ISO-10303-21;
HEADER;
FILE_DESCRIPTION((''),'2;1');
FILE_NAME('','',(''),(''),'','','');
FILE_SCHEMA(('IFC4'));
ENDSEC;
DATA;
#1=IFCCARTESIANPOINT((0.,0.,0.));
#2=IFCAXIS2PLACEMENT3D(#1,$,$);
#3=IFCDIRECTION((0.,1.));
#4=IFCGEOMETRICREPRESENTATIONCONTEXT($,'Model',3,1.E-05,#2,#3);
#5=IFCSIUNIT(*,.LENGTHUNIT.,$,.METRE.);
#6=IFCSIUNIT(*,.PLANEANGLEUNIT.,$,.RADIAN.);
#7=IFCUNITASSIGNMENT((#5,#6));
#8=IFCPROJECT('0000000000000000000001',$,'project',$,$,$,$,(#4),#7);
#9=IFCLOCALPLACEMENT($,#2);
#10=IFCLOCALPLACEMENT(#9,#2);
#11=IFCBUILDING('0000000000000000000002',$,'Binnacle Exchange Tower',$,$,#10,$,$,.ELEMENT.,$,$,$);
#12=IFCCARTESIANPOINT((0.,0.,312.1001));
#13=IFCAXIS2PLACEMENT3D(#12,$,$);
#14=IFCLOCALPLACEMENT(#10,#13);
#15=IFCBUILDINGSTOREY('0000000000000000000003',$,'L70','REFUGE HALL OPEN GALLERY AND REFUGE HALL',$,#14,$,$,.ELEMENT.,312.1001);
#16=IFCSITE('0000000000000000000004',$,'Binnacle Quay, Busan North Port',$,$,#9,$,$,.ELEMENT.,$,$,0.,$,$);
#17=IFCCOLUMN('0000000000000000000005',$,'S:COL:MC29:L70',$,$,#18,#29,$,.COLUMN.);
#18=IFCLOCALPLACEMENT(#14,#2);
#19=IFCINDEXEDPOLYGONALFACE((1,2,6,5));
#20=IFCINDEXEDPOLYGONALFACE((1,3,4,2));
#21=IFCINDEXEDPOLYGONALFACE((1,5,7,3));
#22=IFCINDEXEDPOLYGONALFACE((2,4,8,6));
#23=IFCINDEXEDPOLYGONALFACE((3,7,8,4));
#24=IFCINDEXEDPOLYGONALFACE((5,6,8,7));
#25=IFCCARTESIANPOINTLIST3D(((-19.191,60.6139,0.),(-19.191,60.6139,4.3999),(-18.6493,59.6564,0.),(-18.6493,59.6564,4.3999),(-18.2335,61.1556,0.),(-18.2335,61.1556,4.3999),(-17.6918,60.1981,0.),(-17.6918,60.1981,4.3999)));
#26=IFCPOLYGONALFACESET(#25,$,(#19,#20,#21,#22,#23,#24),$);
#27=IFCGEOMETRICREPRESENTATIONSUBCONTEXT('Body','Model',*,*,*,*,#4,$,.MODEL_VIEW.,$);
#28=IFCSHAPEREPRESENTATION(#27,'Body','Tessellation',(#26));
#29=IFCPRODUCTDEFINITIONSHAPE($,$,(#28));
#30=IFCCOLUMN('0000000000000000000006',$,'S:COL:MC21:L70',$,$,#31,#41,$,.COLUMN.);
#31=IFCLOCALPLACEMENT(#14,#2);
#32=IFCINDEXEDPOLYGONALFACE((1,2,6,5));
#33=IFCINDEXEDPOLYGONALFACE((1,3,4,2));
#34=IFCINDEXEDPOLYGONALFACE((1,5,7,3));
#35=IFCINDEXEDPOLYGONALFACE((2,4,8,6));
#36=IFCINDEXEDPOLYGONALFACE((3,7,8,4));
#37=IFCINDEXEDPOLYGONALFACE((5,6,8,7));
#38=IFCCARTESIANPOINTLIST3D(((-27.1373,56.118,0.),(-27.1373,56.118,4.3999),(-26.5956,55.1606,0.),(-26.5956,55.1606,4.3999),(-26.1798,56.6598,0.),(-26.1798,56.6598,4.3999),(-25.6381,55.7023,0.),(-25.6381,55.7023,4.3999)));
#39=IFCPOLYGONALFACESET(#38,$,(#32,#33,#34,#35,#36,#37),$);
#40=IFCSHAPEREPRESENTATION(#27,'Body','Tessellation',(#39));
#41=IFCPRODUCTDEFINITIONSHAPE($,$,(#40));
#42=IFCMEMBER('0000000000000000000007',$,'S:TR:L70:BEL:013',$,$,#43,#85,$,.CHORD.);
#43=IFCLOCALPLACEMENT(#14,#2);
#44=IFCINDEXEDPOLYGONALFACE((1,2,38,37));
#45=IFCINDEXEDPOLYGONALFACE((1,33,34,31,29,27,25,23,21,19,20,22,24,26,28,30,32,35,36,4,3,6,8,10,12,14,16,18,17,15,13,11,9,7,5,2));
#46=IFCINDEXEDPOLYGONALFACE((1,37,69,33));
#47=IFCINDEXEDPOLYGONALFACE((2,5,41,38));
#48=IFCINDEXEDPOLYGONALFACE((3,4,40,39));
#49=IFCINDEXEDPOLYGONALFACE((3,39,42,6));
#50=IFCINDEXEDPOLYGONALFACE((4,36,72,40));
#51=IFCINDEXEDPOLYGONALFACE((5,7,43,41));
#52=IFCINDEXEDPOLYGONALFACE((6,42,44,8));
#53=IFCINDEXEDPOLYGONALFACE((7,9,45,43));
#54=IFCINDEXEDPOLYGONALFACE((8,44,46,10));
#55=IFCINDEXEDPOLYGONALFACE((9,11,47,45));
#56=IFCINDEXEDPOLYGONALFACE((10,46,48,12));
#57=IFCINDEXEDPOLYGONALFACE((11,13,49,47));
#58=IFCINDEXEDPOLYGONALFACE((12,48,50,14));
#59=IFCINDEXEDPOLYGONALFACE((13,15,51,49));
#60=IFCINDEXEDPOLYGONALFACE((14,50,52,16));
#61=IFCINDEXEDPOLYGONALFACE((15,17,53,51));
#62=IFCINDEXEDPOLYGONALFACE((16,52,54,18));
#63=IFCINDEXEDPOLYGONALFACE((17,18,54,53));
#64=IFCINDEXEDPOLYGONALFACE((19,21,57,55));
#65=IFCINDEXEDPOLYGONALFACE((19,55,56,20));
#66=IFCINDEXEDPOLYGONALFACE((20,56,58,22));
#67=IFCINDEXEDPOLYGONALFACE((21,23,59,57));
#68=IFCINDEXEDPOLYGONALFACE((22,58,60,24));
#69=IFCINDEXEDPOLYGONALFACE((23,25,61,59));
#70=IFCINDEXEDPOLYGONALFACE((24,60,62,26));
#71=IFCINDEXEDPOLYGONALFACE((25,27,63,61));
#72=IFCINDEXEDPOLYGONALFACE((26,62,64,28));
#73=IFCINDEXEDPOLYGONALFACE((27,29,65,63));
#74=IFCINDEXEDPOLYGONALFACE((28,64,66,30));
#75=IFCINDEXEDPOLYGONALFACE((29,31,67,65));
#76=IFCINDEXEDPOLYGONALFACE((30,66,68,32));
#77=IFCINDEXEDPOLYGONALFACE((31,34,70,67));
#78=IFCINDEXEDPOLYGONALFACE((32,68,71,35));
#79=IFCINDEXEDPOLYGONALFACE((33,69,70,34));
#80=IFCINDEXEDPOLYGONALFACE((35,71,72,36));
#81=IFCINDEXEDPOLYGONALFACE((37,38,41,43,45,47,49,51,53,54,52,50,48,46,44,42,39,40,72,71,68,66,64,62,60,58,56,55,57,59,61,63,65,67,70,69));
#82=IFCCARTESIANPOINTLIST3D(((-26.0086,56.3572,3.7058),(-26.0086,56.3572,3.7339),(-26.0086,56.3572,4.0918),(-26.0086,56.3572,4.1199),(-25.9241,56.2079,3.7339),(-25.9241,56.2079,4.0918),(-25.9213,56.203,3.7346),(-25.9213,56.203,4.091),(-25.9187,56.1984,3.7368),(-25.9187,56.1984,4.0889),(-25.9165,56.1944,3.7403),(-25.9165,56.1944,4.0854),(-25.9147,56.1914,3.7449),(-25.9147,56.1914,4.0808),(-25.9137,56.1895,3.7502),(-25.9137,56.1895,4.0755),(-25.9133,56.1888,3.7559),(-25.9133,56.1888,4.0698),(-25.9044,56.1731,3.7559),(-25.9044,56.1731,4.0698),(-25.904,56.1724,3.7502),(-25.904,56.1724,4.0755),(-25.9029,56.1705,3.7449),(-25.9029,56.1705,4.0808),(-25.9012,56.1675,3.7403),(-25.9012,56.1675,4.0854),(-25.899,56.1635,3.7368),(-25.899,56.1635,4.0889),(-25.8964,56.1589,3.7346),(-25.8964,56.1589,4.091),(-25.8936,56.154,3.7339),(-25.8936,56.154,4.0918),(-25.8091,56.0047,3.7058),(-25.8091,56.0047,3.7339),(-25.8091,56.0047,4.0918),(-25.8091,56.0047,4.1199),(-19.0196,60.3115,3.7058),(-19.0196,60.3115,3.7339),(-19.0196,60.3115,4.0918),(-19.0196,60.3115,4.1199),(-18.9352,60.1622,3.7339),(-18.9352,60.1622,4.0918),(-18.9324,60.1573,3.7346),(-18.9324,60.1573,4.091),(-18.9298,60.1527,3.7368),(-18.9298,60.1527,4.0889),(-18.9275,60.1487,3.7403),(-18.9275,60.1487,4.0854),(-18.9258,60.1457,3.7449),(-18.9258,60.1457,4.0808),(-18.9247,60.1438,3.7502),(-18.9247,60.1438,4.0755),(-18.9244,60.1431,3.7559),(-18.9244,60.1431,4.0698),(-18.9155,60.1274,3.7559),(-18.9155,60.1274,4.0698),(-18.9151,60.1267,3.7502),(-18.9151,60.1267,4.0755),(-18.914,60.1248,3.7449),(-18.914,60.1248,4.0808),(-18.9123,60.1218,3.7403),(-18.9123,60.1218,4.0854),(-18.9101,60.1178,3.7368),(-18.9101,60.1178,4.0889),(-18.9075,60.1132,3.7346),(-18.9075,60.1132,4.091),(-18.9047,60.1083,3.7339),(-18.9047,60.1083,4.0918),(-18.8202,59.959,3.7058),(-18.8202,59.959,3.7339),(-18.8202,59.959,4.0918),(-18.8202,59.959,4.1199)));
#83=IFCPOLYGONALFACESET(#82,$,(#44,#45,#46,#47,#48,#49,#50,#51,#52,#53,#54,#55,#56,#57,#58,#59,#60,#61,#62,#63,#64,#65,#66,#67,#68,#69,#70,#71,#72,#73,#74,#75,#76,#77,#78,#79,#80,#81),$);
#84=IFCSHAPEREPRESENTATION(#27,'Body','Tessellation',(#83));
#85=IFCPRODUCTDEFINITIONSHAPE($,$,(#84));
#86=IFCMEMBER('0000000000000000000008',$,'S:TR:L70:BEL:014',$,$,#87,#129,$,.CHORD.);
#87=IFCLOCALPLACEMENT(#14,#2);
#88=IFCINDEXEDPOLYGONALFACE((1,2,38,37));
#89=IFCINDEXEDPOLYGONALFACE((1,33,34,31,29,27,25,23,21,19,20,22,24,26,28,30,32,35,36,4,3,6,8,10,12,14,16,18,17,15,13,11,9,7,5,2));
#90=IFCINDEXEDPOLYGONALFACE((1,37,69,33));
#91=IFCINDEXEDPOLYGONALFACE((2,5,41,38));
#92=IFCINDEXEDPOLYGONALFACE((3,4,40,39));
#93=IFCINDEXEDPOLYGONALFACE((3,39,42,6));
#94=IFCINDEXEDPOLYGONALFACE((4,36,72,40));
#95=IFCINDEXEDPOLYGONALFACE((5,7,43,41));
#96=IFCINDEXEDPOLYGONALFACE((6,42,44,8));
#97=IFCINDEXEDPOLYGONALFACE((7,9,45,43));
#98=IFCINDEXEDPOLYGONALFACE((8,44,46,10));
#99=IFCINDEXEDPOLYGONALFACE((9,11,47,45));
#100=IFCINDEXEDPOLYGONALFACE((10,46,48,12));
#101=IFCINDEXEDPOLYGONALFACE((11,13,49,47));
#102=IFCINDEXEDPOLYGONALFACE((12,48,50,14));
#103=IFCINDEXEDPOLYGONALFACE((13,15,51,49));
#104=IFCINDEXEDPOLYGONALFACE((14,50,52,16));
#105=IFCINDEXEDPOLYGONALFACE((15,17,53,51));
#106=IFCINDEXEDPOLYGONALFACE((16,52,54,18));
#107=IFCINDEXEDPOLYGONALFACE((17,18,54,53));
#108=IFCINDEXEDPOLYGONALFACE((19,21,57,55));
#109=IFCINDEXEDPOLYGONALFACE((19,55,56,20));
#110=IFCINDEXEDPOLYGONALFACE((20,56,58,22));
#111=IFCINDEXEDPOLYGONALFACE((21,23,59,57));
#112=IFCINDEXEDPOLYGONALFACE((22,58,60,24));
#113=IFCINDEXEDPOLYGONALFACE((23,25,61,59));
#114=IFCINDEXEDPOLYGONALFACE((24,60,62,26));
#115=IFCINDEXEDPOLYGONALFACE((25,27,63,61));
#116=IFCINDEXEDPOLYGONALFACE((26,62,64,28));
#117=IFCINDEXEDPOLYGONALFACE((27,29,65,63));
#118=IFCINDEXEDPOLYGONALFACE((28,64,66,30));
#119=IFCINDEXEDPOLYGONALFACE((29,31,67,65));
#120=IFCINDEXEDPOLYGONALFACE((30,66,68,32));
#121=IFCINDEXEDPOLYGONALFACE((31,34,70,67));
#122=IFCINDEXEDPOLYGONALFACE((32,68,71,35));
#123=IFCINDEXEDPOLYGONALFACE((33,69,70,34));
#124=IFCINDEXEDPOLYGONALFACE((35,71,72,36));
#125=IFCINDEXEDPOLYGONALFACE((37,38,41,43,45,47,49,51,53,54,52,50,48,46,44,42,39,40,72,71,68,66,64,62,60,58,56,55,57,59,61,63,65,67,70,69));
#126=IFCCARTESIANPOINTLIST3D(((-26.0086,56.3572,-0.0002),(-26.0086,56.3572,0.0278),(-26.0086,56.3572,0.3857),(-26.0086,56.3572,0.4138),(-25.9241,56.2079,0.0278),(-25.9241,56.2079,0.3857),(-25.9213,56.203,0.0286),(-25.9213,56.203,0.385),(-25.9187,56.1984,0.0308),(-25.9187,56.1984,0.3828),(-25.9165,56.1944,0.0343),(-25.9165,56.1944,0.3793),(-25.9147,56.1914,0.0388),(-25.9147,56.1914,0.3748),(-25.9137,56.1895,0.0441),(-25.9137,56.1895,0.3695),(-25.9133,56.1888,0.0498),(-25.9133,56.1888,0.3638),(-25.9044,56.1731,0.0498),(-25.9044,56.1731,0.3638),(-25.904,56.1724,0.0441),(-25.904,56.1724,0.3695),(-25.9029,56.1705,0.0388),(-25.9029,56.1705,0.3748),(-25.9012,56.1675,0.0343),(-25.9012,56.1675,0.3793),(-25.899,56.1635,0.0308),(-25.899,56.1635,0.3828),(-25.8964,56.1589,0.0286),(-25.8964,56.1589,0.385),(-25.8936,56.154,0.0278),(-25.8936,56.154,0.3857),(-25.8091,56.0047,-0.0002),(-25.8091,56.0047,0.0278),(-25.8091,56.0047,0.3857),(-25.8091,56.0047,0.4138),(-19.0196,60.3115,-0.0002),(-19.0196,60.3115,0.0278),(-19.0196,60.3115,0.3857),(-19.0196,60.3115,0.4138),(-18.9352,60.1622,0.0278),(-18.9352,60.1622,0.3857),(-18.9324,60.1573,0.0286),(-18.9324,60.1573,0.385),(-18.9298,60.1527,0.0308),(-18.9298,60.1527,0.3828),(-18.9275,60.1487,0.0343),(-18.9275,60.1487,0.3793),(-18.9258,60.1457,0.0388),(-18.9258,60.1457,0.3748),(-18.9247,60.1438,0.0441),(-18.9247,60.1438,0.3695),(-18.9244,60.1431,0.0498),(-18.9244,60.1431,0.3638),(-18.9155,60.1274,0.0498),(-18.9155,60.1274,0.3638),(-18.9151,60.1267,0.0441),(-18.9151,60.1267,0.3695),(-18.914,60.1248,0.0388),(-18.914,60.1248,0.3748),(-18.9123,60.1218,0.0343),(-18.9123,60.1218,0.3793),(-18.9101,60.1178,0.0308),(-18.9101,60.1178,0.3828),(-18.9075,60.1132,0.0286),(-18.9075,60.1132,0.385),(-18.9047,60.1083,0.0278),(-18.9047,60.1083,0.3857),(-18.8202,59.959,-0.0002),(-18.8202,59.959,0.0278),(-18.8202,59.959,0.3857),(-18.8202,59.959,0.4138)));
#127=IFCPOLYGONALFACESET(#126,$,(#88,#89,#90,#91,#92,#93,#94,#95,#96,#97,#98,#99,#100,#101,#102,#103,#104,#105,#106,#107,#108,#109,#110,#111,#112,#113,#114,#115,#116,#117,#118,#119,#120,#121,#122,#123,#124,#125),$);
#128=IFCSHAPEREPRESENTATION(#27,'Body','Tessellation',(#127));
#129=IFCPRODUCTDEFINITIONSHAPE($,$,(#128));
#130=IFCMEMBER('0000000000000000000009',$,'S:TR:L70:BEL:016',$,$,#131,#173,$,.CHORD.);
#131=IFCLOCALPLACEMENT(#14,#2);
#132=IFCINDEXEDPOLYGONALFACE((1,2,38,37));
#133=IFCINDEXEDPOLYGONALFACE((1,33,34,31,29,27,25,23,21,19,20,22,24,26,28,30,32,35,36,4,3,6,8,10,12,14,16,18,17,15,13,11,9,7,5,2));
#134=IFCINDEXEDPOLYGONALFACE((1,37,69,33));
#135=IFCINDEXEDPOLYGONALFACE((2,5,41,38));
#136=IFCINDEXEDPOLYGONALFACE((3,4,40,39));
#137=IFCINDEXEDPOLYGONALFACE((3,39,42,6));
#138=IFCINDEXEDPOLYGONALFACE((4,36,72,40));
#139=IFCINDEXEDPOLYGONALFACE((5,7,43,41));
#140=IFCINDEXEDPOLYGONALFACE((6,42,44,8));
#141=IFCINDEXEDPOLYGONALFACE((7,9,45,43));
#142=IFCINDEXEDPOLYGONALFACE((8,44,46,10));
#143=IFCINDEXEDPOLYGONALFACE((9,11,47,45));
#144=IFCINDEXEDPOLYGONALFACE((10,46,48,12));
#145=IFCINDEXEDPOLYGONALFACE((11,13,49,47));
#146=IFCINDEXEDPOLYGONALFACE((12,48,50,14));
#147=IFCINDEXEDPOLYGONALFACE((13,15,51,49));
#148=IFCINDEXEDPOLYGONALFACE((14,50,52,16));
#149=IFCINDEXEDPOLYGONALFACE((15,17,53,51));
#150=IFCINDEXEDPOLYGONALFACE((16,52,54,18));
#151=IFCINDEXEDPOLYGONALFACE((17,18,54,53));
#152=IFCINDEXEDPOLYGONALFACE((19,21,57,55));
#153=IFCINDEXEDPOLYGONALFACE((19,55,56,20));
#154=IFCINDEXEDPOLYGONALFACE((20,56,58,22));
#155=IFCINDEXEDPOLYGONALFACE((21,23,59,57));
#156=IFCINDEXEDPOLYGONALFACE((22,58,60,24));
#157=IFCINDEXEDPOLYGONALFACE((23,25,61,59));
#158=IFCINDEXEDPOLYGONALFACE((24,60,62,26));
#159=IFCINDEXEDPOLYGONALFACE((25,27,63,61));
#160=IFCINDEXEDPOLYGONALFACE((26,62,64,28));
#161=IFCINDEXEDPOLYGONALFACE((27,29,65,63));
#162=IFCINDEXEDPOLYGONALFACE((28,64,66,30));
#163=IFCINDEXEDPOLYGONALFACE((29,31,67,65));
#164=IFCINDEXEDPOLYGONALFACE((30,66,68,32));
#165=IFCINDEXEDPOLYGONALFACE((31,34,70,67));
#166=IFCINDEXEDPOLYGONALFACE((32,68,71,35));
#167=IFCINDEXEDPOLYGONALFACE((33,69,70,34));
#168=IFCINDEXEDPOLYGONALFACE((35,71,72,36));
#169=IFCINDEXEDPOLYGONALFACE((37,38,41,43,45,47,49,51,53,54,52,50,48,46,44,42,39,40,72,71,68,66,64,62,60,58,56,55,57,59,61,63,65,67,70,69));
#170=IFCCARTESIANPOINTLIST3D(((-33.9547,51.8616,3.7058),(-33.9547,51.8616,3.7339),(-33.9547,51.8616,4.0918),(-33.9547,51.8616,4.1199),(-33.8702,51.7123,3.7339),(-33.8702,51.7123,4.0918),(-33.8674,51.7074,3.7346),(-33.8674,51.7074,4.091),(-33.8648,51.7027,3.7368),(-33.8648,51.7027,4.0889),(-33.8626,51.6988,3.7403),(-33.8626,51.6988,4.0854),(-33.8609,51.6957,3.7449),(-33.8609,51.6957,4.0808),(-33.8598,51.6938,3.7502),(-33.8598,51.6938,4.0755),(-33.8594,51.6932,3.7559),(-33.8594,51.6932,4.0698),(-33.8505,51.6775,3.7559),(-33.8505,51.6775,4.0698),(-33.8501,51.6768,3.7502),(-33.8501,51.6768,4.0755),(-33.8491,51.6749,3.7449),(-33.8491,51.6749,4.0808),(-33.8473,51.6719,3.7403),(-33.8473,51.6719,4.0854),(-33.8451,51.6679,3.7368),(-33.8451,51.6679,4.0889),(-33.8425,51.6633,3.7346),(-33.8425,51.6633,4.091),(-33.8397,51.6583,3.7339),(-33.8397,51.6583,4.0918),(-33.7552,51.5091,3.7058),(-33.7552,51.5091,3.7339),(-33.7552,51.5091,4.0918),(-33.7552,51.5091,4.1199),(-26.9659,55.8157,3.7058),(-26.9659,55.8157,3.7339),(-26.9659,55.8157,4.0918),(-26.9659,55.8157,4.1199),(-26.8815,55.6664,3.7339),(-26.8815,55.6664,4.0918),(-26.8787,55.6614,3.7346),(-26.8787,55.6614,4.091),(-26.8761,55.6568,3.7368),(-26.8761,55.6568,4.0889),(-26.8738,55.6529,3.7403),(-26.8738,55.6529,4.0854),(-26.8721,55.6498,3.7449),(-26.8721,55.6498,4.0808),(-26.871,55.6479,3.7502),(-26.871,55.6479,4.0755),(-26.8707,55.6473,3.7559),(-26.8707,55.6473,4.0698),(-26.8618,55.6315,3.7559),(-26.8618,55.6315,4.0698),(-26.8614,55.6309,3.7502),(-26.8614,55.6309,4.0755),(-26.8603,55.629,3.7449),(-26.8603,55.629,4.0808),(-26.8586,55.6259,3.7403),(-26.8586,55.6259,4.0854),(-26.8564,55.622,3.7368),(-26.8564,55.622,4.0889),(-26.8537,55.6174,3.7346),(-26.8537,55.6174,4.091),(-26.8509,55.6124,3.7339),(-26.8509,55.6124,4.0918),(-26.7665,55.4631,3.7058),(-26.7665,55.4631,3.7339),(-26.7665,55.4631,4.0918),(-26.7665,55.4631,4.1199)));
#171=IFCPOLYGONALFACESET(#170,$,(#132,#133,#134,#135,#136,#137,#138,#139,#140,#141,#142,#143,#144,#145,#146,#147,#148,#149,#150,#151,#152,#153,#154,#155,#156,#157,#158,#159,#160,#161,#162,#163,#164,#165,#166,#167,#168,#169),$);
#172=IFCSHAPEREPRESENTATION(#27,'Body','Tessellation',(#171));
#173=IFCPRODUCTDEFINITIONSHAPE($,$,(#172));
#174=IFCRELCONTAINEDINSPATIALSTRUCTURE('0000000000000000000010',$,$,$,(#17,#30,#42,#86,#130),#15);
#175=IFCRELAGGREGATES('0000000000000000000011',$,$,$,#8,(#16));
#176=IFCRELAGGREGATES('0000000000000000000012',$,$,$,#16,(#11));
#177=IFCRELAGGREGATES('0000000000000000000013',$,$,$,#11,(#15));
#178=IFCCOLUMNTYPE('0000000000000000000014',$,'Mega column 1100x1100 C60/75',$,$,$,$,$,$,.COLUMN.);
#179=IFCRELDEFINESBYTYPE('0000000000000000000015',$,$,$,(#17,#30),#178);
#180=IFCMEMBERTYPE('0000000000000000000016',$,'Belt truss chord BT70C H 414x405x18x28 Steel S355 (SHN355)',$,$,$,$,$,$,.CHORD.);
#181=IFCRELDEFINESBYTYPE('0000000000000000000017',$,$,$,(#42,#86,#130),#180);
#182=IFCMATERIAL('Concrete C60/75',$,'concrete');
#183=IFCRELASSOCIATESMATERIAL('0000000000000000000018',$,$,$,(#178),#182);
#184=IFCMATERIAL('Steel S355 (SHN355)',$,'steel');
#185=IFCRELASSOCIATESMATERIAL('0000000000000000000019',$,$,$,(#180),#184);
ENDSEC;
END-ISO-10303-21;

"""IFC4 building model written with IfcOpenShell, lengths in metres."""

from ifc_helpers import new_model, si_unit, direction, frame, origin, origin_2d, place, context, subcontext, project, spatial, rectangle, i_section, extrude, material, material_profile, profile_set, type_object, element, save


model = new_model("IFC4")

# Units and contexts
model_context = context("Model", 3, precision=1e-05, world=origin(), true_north=direction((0.0, 1.0)))
body_context = subcontext(model_context, "Body", "Model", "MODEL_VIEW")
ifc_project = project(units=[si_unit("LENGTHUNIT", "METRE"), si_unit("PLANEANGLEUNIT", "RADIAN")], contexts=[model_context])

# Site, building, storey
site_placement = place(None, origin())
site = spatial("IfcSite", under=ifc_project, at=site_placement, Name="Binnacle Quay, Busan North Port", CompositionType="ELEMENT", RefElevation=0.0)
building_placement = place(site_placement, origin())
building = spatial("IfcBuilding", under=site, at=building_placement, Name="Binnacle Exchange Tower", CompositionType="ELEMENT")
storey_placement = place(building_placement, frame((0.0, 0.0, 312.1001)))
storey = spatial("IfcBuildingStorey", under=building, at=storey_placement, Name="L70", Description="REFUGE HALL OPEN GALLERY AND REFUGE HALL", CompositionType="ELEMENT", Elevation=312.1001)

# Columns
ifc_material_1 = material(Name="Concrete C60/75", Category="concrete")
ifc_material_profile_1 = material_profile(ifc_material_1, rectangle(XDim=1.1001, YDim=1.1001, at=origin_2d()), Name="Mega column 1100x1100 C60/75")
ifc_profile_set_1 = profile_set([ifc_material_profile_1], Name="Concrete C60/75")
column_type = type_object("IfcColumnType", Name="Mega column 1100x1100 C60/75", PredefinedType="COLUMN", material=ifc_profile_set_1)
for number, where, z_axis, x_axis, name in (
    (1, (-18.4414, 60.406, 0.0), (0.0, 0.0, 1.0), (-0.870356, -0.492424, 0.0), "S:COL:MC29:L70"),
    (2, (-26.3877, 55.9102, 0.0), (0.0, 0.0, 1.0), (-0.870356, -0.492424, 0.0), "S:COL:MC21:L70"),
):
    element("IfcColumn", number, at=place(storey_placement, frame(where, z_axis=z_axis, x_axis=x_axis)), inside=storey, type_object=column_type, Name=name, PredefinedType="COLUMN", context=body_context, shape_type="SweptSolid", body=[
        extrude(rectangle(XDim=1.1001, YDim=1.1001, at=origin_2d()), origin(), (0.0, 0.0, 1.0), 4.3999),
    ])

# Members
ifc_material_2 = material(Name="Steel S355 (SHN355)", Category="steel")
ifc_material_profile_2 = material_profile(ifc_material_2, i_section(OverallWidth=0.405, OverallDepth=0.4141, WebThickness=0.0181, FlangeThickness=0.0281, FilletRadius=0.022, at=origin_2d()), Name="H 414x405x18x28")
ifc_profile_set_2 = profile_set([ifc_material_profile_2], Name="Steel S355 (SHN355)")
member_type_1 = type_object("IfcMemberType", Name="Belt truss chord BT70C H 414x405x18x28 Steel S355 (SHN355)", PredefinedType="CHORD", material=ifc_profile_set_2)
for number, where, z_axis, x_axis, name in (
    (3, (-18.9199, 60.1353, 3.9128), (-0.870348, -0.492438, 0.0), (0.492438, -0.870348, 0.0), "S:TR:L70:BEL:013"),
    (4, (-18.9199, 60.1353, 0.2068), (-0.870348, -0.492438, 0.0), (0.492438, -0.870348, 0.0), "S:TR:L70:BEL:014"),
):
    element("IfcMember", number, at=place(storey_placement, frame(where, z_axis=z_axis, x_axis=x_axis)), inside=storey, type_object=member_type_1, Name=name, PredefinedType="CHORD", context=body_context, shape_type="SweptSolid", body=[
        extrude(i_section(OverallWidth=0.405, OverallDepth=0.4141, WebThickness=0.0181, FlangeThickness=0.0281, FilletRadius=0.022, at=origin_2d()), origin(), (0.0, 0.0, 1.0), 8.03),
    ])
for number, where, z_axis, x_axis, name in (
    (5, (-26.8662, 55.6394, 3.9128), (-0.870353, -0.492428, 0.0), (0.492428, -0.870353, 0.0), "S:TR:L70:BEL:016"),
):
    element("IfcMember", number, at=place(storey_placement, frame(where, z_axis=z_axis, x_axis=x_axis)), inside=storey, type_object=member_type_1, Name=name, PredefinedType="CHORD", context=body_context, shape_type="SweptSolid", body=[
        extrude(i_section(OverallWidth=0.405, OverallDepth=0.4141, WebThickness=0.0181, FlangeThickness=0.0281, FilletRadius=0.022, at=origin_2d()), origin(), (0.0, 0.0, 1.0), 8.0298),
    ])

save(model, "model.ifc")
